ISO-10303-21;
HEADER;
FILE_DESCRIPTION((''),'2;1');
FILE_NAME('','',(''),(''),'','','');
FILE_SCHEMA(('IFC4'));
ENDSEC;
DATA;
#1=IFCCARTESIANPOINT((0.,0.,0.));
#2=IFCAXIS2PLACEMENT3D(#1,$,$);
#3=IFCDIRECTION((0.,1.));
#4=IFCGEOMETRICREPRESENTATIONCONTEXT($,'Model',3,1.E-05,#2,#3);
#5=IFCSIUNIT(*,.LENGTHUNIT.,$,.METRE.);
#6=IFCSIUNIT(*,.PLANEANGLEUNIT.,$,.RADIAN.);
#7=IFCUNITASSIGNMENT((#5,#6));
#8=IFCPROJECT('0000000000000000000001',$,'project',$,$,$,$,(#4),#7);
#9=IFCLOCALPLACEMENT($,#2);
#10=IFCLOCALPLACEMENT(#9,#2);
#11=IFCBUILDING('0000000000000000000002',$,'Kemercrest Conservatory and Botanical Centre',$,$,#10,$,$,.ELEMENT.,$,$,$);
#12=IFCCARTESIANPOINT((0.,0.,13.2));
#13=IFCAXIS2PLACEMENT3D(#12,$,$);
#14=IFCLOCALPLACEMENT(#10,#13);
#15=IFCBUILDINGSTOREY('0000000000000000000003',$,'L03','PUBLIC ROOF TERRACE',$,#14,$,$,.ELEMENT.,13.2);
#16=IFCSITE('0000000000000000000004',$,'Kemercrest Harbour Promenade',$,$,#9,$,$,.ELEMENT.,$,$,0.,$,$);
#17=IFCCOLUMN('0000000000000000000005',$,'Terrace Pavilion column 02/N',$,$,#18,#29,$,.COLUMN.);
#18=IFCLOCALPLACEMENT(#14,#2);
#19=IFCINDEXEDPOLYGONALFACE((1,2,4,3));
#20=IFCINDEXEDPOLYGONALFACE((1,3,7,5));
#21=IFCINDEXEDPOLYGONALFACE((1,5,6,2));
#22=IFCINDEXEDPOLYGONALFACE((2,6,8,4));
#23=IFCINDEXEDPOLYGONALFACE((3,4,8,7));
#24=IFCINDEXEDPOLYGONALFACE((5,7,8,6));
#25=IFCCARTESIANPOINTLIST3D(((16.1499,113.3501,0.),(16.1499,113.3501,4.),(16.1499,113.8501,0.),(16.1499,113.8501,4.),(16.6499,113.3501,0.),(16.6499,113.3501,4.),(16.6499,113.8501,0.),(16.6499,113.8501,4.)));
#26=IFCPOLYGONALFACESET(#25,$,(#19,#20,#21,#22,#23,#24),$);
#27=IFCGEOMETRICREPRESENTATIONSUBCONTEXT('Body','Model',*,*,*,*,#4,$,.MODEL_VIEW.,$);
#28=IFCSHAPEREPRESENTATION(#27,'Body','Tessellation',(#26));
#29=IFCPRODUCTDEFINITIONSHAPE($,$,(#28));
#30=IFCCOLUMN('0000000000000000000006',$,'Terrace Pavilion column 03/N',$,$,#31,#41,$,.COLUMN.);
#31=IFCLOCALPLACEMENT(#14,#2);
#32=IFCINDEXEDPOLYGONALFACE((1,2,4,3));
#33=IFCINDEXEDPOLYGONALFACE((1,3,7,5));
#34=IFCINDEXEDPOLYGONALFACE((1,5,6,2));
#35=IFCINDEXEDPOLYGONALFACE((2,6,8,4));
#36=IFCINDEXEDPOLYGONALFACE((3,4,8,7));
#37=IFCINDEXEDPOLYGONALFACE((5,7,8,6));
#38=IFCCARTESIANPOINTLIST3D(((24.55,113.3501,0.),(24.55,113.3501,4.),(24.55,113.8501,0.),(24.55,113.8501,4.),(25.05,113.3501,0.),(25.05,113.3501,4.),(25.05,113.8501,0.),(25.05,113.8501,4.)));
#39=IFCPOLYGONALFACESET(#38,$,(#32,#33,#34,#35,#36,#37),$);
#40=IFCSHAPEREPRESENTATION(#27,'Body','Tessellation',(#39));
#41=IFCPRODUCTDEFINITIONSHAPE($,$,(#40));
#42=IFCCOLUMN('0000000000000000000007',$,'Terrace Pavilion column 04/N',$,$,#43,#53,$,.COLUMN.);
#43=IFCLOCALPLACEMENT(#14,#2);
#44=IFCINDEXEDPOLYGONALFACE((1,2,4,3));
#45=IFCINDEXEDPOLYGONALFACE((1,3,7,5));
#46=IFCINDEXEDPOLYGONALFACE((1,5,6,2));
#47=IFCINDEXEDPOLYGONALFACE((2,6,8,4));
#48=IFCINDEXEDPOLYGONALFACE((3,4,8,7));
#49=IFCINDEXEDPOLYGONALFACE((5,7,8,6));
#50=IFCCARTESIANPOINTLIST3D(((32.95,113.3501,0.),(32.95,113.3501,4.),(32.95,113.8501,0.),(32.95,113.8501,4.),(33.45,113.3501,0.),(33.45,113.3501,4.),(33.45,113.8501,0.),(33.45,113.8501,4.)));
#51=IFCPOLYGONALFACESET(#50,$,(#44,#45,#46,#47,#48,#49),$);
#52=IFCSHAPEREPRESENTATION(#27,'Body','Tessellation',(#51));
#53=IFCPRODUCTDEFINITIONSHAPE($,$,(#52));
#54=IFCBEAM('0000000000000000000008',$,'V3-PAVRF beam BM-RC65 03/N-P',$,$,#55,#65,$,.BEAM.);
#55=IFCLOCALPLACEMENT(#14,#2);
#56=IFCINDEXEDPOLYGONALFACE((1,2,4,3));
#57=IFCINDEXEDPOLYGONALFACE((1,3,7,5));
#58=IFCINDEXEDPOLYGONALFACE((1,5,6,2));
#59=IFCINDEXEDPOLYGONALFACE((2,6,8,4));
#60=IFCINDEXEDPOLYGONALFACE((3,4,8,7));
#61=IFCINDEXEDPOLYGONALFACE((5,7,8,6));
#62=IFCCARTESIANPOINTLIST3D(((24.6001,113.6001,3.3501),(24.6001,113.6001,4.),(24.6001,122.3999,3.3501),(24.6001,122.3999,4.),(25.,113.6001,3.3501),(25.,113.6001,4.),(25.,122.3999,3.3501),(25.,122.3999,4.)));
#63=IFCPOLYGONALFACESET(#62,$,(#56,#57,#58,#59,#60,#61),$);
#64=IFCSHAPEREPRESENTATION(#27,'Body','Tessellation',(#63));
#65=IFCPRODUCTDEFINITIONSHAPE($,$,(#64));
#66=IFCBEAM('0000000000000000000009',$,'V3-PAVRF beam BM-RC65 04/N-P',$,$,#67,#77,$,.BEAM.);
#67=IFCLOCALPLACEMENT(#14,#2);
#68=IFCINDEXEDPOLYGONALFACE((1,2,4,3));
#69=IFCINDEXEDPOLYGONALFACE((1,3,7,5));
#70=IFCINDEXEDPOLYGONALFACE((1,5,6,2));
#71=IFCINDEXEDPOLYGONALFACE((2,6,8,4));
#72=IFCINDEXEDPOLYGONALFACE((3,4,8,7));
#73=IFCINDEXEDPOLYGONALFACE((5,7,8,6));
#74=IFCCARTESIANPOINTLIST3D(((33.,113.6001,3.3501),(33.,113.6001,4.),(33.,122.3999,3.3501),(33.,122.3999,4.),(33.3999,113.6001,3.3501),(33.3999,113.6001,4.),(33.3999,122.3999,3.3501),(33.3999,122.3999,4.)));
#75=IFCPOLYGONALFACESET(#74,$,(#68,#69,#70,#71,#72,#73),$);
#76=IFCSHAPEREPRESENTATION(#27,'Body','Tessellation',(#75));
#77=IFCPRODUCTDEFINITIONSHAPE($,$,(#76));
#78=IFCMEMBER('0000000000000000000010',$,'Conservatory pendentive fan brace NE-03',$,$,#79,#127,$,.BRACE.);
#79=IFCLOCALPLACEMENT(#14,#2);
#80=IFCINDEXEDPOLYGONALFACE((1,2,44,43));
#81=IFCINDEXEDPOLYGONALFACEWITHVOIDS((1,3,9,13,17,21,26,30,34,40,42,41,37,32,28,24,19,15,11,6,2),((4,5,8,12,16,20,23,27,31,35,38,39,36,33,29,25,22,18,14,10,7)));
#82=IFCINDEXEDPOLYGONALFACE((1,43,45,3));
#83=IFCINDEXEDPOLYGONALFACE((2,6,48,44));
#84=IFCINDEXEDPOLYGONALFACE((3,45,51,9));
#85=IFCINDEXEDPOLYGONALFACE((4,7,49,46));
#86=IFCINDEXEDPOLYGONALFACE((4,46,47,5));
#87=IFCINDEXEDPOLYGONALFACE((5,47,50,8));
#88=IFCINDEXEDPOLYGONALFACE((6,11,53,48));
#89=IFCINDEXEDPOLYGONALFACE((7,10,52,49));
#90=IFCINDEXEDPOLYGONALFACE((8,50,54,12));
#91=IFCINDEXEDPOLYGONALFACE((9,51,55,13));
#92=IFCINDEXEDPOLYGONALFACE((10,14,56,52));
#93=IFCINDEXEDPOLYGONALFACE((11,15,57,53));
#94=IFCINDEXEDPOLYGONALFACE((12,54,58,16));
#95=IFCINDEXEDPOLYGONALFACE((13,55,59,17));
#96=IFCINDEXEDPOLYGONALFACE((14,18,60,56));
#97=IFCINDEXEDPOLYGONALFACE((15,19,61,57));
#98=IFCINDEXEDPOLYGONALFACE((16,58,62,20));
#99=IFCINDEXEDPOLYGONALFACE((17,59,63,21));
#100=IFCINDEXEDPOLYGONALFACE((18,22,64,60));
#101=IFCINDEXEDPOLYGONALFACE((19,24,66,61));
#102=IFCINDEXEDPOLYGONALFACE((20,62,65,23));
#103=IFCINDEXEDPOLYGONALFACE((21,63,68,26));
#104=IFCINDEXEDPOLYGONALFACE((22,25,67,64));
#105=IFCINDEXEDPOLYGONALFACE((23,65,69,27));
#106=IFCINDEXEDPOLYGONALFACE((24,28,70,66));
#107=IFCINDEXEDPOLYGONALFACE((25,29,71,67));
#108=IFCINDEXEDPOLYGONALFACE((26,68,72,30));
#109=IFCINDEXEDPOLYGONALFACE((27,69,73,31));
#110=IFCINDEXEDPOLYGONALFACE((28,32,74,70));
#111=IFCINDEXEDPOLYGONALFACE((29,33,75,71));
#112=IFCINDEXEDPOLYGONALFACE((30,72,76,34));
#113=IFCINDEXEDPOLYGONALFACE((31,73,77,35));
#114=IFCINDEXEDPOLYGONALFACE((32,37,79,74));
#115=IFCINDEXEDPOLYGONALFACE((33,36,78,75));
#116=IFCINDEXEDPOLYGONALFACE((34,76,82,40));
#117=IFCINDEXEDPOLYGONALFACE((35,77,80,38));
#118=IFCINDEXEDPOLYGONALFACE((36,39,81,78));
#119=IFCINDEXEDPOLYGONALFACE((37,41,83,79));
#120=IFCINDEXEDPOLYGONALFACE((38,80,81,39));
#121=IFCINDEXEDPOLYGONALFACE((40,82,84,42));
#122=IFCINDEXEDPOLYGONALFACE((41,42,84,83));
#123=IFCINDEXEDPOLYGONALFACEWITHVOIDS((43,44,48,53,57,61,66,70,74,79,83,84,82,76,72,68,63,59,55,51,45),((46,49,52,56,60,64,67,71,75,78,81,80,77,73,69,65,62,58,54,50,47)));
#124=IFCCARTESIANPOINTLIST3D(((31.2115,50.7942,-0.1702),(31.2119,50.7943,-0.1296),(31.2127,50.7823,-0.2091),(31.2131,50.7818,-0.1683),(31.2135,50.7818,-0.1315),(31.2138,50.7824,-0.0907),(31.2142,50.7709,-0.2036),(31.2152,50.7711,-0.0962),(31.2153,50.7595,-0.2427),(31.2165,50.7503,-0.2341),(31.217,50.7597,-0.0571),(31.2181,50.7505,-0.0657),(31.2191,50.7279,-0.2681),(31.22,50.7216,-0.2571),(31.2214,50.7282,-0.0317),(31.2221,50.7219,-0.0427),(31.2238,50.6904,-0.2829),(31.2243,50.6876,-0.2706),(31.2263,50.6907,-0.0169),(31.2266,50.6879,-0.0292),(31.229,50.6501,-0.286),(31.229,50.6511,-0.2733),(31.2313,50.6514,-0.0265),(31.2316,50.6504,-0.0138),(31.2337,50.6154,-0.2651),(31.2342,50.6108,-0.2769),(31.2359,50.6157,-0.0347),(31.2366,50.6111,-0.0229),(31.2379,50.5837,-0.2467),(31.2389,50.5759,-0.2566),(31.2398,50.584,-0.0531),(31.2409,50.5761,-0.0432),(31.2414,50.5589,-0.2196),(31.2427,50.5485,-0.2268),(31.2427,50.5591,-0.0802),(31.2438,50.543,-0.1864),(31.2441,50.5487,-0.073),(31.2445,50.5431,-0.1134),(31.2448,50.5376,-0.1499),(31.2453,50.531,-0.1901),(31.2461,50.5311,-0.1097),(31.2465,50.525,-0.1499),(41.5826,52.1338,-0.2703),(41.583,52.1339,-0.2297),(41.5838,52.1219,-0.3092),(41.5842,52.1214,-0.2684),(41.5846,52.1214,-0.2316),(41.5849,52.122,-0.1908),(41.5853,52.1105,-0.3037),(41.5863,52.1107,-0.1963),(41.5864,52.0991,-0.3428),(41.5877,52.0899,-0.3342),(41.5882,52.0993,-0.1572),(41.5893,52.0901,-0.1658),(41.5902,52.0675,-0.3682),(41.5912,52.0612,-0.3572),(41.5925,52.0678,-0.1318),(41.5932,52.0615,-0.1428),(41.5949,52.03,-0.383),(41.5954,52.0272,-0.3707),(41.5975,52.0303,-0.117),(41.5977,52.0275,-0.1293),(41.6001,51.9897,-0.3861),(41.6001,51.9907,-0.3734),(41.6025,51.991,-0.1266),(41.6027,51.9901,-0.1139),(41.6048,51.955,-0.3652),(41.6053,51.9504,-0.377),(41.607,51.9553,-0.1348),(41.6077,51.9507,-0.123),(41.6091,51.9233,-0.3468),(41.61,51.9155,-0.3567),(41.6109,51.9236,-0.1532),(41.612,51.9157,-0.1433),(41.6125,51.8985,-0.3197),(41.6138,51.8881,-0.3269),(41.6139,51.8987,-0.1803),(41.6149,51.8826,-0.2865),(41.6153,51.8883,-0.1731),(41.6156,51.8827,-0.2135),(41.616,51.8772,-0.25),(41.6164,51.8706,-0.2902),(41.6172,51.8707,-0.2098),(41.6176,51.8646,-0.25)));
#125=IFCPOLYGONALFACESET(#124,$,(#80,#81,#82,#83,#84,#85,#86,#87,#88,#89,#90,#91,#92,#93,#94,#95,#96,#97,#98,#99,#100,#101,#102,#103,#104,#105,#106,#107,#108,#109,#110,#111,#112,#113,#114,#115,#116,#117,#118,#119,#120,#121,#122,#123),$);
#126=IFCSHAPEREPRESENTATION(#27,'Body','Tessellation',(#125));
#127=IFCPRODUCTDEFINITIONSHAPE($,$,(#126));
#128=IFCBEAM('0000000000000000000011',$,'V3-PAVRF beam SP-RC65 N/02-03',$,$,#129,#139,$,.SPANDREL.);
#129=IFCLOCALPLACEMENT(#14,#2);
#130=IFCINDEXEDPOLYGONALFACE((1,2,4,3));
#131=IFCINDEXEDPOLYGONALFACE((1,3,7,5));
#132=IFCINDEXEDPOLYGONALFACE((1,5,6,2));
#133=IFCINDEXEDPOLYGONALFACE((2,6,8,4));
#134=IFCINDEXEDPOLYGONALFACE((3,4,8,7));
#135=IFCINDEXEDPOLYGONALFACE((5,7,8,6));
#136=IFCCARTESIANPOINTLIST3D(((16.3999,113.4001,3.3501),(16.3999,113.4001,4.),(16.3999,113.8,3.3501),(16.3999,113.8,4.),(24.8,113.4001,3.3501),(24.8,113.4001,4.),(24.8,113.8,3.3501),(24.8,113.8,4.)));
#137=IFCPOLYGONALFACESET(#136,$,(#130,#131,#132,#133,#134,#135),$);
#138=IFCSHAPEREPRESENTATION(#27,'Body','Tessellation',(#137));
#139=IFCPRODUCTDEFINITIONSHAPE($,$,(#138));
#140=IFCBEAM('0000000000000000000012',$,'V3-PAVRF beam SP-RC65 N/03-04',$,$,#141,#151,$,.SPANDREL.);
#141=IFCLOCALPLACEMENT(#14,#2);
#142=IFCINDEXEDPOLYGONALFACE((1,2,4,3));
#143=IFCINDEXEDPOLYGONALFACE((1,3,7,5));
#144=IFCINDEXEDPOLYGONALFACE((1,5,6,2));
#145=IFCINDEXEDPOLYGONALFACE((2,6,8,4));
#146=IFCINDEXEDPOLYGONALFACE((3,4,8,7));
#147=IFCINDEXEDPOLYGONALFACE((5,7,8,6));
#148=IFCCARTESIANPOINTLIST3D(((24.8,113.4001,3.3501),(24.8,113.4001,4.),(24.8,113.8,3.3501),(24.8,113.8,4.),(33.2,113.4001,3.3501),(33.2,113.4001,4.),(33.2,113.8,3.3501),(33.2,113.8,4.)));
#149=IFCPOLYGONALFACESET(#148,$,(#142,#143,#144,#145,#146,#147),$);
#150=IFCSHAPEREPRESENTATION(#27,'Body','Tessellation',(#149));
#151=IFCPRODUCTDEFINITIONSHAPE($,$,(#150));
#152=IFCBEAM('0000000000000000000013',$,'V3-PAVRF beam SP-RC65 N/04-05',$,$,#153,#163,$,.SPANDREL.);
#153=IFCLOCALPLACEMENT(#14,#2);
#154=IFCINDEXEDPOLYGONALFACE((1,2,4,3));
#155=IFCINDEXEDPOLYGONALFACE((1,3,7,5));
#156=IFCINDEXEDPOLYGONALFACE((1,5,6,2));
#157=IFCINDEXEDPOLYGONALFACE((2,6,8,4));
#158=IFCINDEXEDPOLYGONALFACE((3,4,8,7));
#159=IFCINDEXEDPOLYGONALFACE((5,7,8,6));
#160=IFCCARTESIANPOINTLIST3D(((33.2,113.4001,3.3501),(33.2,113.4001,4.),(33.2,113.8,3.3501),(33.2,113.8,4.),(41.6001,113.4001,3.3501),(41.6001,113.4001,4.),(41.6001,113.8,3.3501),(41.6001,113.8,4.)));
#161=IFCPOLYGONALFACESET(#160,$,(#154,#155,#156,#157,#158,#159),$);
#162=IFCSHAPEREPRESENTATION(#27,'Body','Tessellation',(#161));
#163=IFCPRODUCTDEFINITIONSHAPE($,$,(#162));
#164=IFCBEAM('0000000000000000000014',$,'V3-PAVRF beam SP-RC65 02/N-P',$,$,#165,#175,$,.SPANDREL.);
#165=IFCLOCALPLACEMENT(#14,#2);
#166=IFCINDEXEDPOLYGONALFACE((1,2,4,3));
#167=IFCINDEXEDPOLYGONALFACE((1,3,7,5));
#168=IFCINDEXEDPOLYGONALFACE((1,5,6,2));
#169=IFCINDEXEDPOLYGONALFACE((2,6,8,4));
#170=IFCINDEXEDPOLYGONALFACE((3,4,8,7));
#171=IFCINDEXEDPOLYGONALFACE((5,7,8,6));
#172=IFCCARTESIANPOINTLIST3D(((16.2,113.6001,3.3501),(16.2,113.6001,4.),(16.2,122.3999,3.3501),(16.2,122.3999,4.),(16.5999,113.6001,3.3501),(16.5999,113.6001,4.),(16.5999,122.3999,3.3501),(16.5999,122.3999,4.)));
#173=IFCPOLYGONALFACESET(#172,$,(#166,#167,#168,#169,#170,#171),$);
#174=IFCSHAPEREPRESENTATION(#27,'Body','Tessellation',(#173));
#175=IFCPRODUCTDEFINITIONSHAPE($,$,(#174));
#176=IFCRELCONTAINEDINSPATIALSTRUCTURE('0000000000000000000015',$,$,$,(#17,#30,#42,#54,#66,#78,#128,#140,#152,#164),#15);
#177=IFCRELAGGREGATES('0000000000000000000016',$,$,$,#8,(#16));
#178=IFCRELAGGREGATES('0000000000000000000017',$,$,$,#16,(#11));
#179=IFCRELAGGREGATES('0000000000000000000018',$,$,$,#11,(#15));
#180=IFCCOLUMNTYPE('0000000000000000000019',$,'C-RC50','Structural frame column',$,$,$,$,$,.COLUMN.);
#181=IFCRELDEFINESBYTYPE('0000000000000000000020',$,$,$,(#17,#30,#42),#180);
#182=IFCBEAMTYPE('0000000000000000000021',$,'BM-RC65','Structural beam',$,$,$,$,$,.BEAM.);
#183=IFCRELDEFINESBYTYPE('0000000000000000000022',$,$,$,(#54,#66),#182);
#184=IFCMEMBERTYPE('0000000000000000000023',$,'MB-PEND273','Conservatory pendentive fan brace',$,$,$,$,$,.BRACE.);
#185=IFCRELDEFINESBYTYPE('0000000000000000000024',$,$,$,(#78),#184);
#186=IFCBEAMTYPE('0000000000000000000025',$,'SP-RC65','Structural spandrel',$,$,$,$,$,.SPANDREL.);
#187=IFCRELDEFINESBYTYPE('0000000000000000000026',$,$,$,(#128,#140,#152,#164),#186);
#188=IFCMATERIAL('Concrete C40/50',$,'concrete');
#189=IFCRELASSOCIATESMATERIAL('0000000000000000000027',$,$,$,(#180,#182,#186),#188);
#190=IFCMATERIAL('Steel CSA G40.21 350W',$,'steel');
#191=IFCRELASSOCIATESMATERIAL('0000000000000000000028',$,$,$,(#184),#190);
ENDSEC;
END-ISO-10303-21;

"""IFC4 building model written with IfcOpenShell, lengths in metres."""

from ifc_helpers import new_model, si_unit, direction, frame, origin, origin_2d, place, context, subcontext, project, spatial, rectangle, hollow_circle, extrude, material, material_profile, profile_set, type_object, element, save


model = new_model("IFC4")

# Units and contexts
model_context = context("Model", 3, precision=1e-05, world=origin(), true_north=direction((0.0, 1.0)))
body_context = subcontext(model_context, "Body", "Model", "MODEL_VIEW")
ifc_project = project(units=[si_unit("LENGTHUNIT", "METRE"), si_unit("PLANEANGLEUNIT", "RADIAN")], contexts=[model_context])

# Site, building, storey
site_placement = place(None, origin())
site = spatial("IfcSite", under=ifc_project, at=site_placement, Name="Kemercrest Harbour Promenade", CompositionType="ELEMENT", RefElevation=0.0)
building_placement = place(site_placement, origin())
building = spatial("IfcBuilding", under=site, at=building_placement, Name="Kemercrest Conservatory and Botanical Centre", CompositionType="ELEMENT")
storey_placement = place(building_placement, frame((0.0, 0.0, 13.2)))
storey = spatial("IfcBuildingStorey", under=building, at=storey_placement, Name="L03", Description="PUBLIC ROOF TERRACE", CompositionType="ELEMENT", Elevation=13.2)

# Columns
ifc_material_1 = material(Name="Concrete C40/50", Category="concrete")
ifc_material_profile_1 = material_profile(ifc_material_1, rectangle(XDim=0.5, YDim=0.5, at=origin_2d()), Name="RC 500x500")
ifc_profile_set_1 = profile_set([ifc_material_profile_1], Name="Concrete C40/50")
column_type = type_object("IfcColumnType", Name="C-RC50", Description="Structural frame column", PredefinedType="COLUMN", material=ifc_profile_set_1)
for number, where, z_axis, x_axis, name in (
    (1, (16.3999, 113.6001, 0.0), (0.0, 0.0, 1.0), (1.0, 0.0, 0.0), "Terrace Pavilion column 02/N"),
    (2, (24.8, 113.6001, 0.0), (0.0, 0.0, 1.0), (1.0, 0.0, 0.0), "Terrace Pavilion column 03/N"),
    (3, (33.2, 113.6001, 0.0), (0.0, 0.0, 1.0), (1.0, 0.0, 0.0), "Terrace Pavilion column 04/N"),
):
    element("IfcColumn", number, at=place(storey_placement, frame(where, z_axis=z_axis, x_axis=x_axis)), inside=storey, type_object=column_type, Name=name, PredefinedType="COLUMN", context=body_context, shape_type="SweptSolid", body=[
        extrude(rectangle(XDim=0.5, YDim=0.5, at=origin_2d()), origin(), (0.0, 0.0, 1.0), 4.0),
    ])

# Beams
ifc_material_profile_2 = material_profile(ifc_material_1, rectangle(XDim=0.3999, YDim=0.6499, at=origin_2d()), Name="RC 400x650")
ifc_profile_set_2 = profile_set([ifc_material_profile_2], Name="Concrete C40/50")
beam_type_1 = type_object("IfcBeamType", Name="BM-RC65", Description="Structural beam", PredefinedType="BEAM", material=ifc_profile_set_2)
for number, where, z_axis, x_axis, name in (
    (4, (24.8, 113.6001, 3.675), (0.0, 1.0, 0.0), (-1.0, 0.0, 0.0), "V3-PAVRF beam BM-RC65 03/N-P"),
    (5, (33.2, 113.6001, 3.675), (0.0, 1.0, 0.0), (-1.0, 0.0, 0.0), "V3-PAVRF beam BM-RC65 04/N-P"),
):
    element("IfcBeam", number, at=place(storey_placement, frame(where, z_axis=z_axis, x_axis=x_axis)), inside=storey, type_object=beam_type_1, Name=name, PredefinedType="BEAM", context=body_context, shape_type="SweptSolid", body=[
        extrude(rectangle(XDim=0.3999, YDim=0.6499, at=origin_2d()), origin(), (0.0, 0.0, 1.0), 8.7998),
    ])

# Member
ifc_material_2 = material(Name="Steel CSA G40.21 350W", Category="steel")
ifc_material_profile_3 = material_profile(ifc_material_2, hollow_circle(Radius=0.1365, WallThickness=0.0127, at=origin_2d()), Name="CHS 273.1x12.7")
ifc_profile_set_3 = profile_set([ifc_material_profile_3], Name="Steel CSA G40.21 350W")
member_type = type_object("IfcMemberType", Name="MB-PEND273", Description="Conservatory pendentive fan brace", PredefinedType="BRACE", material=ifc_profile_set_3)
member_placement = place(storey_placement, frame((41.6001, 52.0, -0.25), z_axis=(-0.991716, -0.128097, 0.009572), x_axis=(0.128102, -0.991761, 0.0)))
element("IfcMember", 6, at=member_placement, inside=storey, type_object=member_type, Name="Conservatory pendentive fan brace NE-03", PredefinedType="BRACE", context=body_context, shape_type="SweptSolid", body=[
    extrude(hollow_circle(Radius=0.1365, WallThickness=0.0127, at=origin_2d()), origin(), (0.0, 0.0, 1.0), 10.4578),
])

# Beams
ifc_material_profile_4 = material_profile(ifc_material_1, rectangle(XDim=0.3999, YDim=0.6499, at=origin_2d()), Name="RC 400x650")
ifc_profile_set_4 = profile_set([ifc_material_profile_4], Name="Concrete C40/50")
beam_type_2 = type_object("IfcBeamType", Name="SP-RC65", Description="Structural spandrel", PredefinedType="SPANDREL", material=ifc_profile_set_4)
beam_1_placement = place(storey_placement, frame((16.3999, 113.6001, 3.675), z_axis=(1.0, 0.0, 0.0), x_axis=(0.0, 1.0, 0.0)))
element("IfcBeam", 7, at=beam_1_placement, inside=storey, type_object=beam_type_2, Name="V3-PAVRF beam SP-RC65 N/02-03", PredefinedType="SPANDREL", context=body_context, shape_type="SweptSolid", body=[
    extrude(rectangle(XDim=0.3999, YDim=0.6499, at=origin_2d()), origin(), (0.0, 0.0, 1.0), 8.4001),
])
beam_2_placement = place(storey_placement, frame((24.8, 113.6001, 3.675), z_axis=(1.0, 0.0, 0.0), x_axis=(0.0, 1.0, 0.0)))
element("IfcBeam", 8, at=beam_2_placement, inside=storey, type_object=beam_type_2, Name="V3-PAVRF beam SP-RC65 N/03-04", PredefinedType="SPANDREL", context=body_context, shape_type="SweptSolid", body=[
    extrude(rectangle(XDim=0.3999, YDim=0.6499, at=origin_2d()), origin(), (0.0, 0.0, 1.0), 8.3999),
])
beam_3_placement = place(storey_placement, frame((33.2, 113.6001, 3.675), z_axis=(1.0, 0.0, 0.0), x_axis=(0.0, 1.0, 0.0)))
element("IfcBeam", 9, at=beam_3_placement, inside=storey, type_object=beam_type_2, Name="V3-PAVRF beam SP-RC65 N/04-05", PredefinedType="SPANDREL", context=body_context, shape_type="SweptSolid", body=[
    extrude(rectangle(XDim=0.3999, YDim=0.6499, at=origin_2d()), origin(), (0.0, 0.0, 1.0), 8.4001),
])
beam_4_placement = place(storey_placement, frame((16.3999, 113.6001, 3.675), z_axis=(0.0, 1.0, 0.0), x_axis=(-1.0, 0.0, 0.0)))
element("IfcBeam", 10, at=beam_4_placement, inside=storey, type_object=beam_type_2, Name="V3-PAVRF beam SP-RC65 02/N-P", PredefinedType="SPANDREL", context=body_context, shape_type="SweptSolid", body=[
    extrude(rectangle(XDim=0.3999, YDim=0.6499, at=origin_2d()), origin(), (0.0, 0.0, 1.0), 8.7998),
])

save(model, "model.ifc")
